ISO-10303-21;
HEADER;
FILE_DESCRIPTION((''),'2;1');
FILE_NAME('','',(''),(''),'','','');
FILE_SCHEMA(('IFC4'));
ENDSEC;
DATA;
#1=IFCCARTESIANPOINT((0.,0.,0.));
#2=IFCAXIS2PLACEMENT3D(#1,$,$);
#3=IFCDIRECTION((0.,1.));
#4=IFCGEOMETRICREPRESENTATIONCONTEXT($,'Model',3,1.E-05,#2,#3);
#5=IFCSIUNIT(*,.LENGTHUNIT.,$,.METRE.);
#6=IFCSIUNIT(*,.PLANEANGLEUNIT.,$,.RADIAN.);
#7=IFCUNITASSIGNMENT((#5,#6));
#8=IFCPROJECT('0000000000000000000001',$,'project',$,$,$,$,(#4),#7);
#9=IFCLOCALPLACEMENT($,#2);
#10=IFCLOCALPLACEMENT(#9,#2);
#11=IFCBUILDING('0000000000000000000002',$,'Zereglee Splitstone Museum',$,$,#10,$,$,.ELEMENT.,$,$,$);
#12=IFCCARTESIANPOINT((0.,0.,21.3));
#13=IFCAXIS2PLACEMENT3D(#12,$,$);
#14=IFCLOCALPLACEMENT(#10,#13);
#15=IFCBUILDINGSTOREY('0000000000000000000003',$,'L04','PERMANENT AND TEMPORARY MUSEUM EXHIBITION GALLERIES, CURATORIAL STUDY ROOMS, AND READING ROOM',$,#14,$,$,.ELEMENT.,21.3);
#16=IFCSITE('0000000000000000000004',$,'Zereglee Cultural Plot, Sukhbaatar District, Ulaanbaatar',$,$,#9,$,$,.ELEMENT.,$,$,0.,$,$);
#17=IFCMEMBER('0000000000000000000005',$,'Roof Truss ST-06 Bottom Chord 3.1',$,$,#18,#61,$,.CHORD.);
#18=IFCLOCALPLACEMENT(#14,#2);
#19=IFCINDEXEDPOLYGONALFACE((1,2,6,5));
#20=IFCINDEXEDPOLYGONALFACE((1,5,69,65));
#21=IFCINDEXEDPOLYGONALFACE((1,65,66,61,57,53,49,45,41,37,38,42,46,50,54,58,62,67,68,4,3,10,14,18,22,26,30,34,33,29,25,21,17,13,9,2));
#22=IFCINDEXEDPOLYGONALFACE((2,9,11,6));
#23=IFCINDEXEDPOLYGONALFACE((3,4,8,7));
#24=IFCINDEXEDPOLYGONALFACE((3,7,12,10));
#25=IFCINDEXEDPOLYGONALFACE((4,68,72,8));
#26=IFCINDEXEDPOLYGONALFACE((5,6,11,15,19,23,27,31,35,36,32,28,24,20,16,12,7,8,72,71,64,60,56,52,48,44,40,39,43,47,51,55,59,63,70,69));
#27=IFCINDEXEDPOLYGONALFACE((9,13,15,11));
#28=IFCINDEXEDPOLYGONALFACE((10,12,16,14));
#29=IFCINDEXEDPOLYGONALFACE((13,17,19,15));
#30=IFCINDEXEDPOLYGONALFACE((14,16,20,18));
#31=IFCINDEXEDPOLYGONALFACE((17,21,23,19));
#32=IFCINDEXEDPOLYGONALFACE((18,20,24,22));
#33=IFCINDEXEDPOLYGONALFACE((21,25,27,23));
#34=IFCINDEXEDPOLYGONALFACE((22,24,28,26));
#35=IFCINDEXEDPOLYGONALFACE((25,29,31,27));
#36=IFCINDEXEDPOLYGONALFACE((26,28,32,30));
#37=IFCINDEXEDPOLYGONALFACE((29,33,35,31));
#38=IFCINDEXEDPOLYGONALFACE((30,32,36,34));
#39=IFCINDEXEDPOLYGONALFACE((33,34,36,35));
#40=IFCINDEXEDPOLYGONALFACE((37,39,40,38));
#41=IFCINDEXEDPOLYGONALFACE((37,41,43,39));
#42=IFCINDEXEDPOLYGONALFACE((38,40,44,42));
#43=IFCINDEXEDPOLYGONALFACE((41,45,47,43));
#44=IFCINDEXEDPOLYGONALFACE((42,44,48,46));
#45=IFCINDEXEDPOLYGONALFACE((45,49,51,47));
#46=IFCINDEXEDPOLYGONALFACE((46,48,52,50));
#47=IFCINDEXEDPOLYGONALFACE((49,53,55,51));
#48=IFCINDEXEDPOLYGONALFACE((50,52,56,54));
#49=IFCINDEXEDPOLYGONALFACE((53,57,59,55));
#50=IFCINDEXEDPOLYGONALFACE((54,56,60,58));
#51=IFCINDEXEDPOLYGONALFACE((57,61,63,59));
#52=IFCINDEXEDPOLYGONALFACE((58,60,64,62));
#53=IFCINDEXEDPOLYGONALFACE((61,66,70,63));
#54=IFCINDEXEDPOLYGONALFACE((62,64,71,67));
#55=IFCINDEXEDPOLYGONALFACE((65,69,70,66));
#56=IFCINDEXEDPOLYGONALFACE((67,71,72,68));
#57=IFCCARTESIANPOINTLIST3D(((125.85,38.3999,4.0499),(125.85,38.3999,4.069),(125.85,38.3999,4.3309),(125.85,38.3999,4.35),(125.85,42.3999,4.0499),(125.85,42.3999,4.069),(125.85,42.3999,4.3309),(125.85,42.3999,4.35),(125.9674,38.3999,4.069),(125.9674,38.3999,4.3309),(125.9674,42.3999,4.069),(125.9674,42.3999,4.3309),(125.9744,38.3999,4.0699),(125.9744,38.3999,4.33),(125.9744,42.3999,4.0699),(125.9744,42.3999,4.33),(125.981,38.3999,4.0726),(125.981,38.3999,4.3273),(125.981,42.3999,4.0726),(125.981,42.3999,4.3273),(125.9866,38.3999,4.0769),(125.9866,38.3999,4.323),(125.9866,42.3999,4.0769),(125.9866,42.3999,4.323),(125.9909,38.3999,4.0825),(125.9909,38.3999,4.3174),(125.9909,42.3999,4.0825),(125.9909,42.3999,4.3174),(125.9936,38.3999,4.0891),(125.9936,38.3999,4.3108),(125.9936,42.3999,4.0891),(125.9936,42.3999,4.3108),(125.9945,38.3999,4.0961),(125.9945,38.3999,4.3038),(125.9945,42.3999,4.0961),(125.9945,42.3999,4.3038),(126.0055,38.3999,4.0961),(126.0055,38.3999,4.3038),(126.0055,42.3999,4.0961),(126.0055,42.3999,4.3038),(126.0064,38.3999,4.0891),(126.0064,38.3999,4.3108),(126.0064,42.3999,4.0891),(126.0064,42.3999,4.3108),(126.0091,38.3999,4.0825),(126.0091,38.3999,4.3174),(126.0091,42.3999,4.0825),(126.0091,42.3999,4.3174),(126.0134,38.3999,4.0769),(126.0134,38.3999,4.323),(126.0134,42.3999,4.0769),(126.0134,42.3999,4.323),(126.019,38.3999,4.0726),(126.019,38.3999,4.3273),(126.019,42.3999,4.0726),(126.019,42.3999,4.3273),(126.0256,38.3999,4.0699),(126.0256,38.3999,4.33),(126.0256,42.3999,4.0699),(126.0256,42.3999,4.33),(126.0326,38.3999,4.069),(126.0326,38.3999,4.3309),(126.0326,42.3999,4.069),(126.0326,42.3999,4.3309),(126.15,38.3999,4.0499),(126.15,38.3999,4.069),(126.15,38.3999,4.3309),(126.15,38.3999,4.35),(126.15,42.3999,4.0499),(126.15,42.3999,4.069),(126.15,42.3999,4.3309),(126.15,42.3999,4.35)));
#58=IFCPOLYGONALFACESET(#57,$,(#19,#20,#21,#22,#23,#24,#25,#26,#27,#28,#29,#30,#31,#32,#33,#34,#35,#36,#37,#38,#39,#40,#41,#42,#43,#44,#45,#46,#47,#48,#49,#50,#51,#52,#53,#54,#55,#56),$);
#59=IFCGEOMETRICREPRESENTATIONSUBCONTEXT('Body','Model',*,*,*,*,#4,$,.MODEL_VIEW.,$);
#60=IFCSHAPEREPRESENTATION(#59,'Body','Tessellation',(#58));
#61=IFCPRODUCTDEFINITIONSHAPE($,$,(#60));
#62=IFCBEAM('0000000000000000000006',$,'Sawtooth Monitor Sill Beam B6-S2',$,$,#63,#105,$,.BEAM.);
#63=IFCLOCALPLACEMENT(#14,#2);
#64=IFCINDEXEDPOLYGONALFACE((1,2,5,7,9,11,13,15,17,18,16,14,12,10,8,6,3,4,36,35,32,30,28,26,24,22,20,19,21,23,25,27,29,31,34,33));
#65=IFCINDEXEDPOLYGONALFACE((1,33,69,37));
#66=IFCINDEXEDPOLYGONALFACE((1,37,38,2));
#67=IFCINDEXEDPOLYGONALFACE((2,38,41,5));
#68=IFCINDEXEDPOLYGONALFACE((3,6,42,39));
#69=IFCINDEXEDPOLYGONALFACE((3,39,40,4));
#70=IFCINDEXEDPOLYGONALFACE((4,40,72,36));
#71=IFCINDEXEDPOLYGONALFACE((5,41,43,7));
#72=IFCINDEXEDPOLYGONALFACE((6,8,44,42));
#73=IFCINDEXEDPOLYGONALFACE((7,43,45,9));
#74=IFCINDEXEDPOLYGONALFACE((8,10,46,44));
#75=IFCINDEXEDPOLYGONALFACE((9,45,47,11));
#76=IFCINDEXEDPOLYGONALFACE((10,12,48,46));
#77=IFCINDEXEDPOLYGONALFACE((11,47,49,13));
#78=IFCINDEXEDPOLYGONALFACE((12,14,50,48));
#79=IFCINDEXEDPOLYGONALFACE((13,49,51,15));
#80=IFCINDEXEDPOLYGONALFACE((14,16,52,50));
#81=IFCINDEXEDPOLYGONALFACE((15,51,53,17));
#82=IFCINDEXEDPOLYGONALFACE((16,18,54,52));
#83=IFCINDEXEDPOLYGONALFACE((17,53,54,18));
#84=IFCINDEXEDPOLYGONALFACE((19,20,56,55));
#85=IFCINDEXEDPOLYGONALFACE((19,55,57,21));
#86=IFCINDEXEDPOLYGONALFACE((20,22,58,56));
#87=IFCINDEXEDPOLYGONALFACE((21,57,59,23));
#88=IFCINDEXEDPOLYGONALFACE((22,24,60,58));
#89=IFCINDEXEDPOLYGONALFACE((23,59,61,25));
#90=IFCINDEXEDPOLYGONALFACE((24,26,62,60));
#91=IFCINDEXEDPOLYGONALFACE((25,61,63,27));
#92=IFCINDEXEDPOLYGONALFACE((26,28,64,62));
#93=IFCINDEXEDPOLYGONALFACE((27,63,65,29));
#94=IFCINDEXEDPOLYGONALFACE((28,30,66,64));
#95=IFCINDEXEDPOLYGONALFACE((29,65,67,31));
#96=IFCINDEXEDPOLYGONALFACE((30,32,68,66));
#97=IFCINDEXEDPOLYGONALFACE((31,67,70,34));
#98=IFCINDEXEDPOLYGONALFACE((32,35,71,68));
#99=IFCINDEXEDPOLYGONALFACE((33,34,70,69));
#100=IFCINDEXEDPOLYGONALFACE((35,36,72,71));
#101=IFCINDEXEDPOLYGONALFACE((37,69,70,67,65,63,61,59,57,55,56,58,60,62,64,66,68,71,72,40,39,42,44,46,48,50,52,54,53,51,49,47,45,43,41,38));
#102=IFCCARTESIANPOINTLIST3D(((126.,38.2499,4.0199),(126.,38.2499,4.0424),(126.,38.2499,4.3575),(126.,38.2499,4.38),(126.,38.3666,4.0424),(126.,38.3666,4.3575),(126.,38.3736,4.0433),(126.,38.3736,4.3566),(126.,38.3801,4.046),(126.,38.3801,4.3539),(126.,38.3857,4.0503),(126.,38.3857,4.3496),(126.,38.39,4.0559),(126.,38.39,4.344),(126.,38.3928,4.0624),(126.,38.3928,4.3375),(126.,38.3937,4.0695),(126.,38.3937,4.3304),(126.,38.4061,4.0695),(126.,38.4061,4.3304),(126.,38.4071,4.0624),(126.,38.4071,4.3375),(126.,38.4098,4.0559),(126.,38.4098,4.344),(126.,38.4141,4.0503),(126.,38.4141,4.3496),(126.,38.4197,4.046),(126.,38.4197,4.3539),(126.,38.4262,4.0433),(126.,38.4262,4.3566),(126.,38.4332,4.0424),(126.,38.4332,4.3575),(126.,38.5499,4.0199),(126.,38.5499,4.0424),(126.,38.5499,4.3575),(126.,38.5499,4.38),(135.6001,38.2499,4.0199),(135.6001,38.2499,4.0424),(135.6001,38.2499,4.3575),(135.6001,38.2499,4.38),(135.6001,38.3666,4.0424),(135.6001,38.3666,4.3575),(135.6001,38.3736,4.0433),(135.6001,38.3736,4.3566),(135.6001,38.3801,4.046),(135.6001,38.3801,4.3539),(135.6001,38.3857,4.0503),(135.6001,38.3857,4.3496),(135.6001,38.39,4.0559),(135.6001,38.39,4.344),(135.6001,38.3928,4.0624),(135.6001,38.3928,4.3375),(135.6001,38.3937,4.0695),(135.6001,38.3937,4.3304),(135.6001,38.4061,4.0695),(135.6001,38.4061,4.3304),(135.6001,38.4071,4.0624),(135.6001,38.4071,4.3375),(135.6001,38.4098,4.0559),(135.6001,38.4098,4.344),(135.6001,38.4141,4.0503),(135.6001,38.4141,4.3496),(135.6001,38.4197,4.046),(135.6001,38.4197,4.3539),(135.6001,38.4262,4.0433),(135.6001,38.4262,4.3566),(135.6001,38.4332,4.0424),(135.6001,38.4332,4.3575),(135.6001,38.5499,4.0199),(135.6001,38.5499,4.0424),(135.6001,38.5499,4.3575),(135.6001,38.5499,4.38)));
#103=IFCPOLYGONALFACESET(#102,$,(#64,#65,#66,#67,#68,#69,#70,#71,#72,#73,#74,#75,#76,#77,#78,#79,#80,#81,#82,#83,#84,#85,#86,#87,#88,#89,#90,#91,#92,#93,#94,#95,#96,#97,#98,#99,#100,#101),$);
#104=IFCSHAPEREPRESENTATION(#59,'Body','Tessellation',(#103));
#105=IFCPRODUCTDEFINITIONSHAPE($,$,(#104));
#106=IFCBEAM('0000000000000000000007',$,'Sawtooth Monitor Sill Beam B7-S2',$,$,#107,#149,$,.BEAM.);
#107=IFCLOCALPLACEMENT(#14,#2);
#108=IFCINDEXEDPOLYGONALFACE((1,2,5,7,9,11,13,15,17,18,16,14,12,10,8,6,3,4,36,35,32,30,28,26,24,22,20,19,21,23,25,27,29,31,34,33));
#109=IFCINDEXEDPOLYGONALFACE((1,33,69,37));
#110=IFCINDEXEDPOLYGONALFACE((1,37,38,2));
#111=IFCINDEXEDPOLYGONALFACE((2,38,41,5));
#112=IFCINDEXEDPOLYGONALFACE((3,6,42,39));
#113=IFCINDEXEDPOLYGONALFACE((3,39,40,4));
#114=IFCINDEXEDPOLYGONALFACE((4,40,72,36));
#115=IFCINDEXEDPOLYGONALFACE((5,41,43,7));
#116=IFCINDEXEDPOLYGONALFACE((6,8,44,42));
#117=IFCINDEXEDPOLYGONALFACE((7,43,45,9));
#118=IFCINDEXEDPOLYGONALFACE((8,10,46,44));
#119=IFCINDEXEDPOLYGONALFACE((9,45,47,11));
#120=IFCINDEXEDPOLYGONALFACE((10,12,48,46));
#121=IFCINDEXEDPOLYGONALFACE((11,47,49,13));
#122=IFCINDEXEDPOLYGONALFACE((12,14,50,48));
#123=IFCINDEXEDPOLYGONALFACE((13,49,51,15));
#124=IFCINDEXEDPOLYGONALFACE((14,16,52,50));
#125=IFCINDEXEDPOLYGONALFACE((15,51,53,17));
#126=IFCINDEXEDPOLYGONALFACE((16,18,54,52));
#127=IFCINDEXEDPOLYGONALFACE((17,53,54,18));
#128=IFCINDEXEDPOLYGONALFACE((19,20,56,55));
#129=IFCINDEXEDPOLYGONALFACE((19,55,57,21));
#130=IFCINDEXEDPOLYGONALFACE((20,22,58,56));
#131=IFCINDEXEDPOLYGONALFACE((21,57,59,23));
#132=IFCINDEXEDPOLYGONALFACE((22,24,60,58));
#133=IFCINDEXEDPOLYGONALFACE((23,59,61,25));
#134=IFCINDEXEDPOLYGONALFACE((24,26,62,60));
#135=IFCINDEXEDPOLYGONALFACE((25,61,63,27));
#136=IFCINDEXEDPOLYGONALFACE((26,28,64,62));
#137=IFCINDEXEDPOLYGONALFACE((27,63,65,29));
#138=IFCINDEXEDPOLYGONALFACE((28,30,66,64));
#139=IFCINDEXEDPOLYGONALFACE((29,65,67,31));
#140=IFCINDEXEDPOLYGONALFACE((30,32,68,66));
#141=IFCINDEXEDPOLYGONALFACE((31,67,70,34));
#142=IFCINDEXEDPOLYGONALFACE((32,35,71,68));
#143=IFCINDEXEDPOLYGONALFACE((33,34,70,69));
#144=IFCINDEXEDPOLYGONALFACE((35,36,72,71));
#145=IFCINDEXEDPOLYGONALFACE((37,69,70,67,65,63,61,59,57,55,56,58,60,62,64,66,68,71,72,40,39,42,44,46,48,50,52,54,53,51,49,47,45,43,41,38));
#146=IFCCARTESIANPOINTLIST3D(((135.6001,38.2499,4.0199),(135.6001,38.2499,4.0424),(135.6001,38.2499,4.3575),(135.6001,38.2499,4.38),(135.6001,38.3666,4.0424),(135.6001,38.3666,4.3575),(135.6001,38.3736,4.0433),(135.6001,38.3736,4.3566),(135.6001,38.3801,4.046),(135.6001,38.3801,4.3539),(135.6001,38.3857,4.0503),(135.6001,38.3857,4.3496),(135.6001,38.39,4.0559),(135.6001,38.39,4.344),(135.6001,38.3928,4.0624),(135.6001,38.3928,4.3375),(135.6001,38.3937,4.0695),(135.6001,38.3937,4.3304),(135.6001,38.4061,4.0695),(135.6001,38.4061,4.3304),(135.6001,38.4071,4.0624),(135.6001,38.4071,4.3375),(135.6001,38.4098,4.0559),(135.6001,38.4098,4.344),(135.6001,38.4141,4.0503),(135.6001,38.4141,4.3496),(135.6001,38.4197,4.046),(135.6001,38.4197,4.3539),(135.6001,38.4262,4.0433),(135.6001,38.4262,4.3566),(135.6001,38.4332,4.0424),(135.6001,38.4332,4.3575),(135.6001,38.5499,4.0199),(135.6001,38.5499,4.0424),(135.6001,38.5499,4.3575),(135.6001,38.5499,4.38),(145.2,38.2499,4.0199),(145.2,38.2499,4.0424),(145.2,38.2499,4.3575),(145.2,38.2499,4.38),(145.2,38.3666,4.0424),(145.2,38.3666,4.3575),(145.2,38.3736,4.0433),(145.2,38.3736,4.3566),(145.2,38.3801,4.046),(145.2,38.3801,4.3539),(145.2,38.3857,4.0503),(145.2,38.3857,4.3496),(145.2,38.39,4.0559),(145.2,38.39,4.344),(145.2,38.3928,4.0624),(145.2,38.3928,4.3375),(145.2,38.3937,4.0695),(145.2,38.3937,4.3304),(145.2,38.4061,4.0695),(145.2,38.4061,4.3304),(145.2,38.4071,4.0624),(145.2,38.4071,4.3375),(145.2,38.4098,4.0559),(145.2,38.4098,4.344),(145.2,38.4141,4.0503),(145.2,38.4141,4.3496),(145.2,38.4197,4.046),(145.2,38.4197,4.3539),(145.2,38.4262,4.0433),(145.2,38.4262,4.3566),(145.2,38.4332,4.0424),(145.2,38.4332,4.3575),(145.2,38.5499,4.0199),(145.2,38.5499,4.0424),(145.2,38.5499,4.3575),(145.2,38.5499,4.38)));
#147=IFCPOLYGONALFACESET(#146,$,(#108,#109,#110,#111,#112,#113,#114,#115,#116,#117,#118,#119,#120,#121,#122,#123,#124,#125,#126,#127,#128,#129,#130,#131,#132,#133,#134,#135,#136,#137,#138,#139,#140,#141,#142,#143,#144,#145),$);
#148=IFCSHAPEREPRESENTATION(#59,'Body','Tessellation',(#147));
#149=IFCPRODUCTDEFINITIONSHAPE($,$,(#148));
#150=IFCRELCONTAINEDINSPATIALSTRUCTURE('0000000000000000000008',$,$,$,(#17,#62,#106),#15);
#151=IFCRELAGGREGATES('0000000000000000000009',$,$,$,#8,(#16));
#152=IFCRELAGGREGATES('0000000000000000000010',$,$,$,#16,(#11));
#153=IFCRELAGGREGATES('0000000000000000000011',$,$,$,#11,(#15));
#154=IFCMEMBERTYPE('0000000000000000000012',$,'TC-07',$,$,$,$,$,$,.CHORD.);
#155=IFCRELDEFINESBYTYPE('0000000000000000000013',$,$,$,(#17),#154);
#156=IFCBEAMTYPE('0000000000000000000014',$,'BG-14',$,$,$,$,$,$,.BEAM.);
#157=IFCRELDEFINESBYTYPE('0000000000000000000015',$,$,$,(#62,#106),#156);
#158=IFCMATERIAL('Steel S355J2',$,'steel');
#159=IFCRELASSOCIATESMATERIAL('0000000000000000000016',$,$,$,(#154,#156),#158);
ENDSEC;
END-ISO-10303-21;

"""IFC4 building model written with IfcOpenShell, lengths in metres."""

from ifc_helpers import new_model, si_unit, direction, frame, origin, origin_2d, place, context, subcontext, project, spatial, i_section, extrude, material, material_profile, profile_set, type_object, element, save


model = new_model("IFC4")

# Units and contexts
model_context = context("Model", 3, precision=1e-05, world=origin(), true_north=direction((0.0, 1.0)))
body_context = subcontext(model_context, "Body", "Model", "MODEL_VIEW")
ifc_project = project(units=[si_unit("LENGTHUNIT", "METRE"), si_unit("PLANEANGLEUNIT", "RADIAN")], contexts=[model_context])

# Site, building, storey
site_placement = place(None, origin())
site = spatial("IfcSite", under=ifc_project, at=site_placement, Name="Zereglee Cultural Plot, Sukhbaatar District, Ulaanbaatar", CompositionType="ELEMENT", RefElevation=0.0)
building_placement = place(site_placement, origin())
building = spatial("IfcBuilding", under=site, at=building_placement, Name="Zereglee Splitstone Museum", CompositionType="ELEMENT")
storey_placement = place(building_placement, frame((0.0, 0.0, 21.3)))
storey = spatial("IfcBuildingStorey", under=building, at=storey_placement, Name="L04", Description="PERMANENT AND TEMPORARY MUSEUM EXHIBITION GALLERIES, CURATORIAL STUDY ROOMS, AND READING ROOM", CompositionType="ELEMENT", Elevation=21.3)

# Member
ifc_material_1 = material(Name="Steel S355J2", Category="steel")
ifc_material_profile_1 = material_profile(ifc_material_1, i_section(OverallWidth=0.3, OverallDepth=0.3, WebThickness=0.011, FlangeThickness=0.019, FilletRadius=0.0271, at=origin_2d()), Name="HE 300 B")
ifc_profile_set_1 = profile_set([ifc_material_profile_1], Name="Steel S355J2")
member_type_1 = type_object("IfcMemberType", Name="TC-07", PredefinedType="CHORD", material=ifc_profile_set_1)
member_1_placement = place(storey_placement, frame((126.0, 38.3999, 4.2), z_axis=(0.0, 1.0, 0.0), x_axis=(-1.0, 0.0, 0.0)))
element("IfcMember", 1, at=member_1_placement, inside=storey, type_object=member_type_1, Name="Roof Truss ST-06 Bottom Chord 3.1", PredefinedType="CHORD", context=body_context, shape_type="SweptSolid", body=[
    extrude(i_section(OverallWidth=0.3, OverallDepth=0.3, WebThickness=0.011, FlangeThickness=0.019, FilletRadius=0.0271, at=origin_2d()), origin(), (0.0, 0.0, 1.0), 4.0),
])

# Beams
ifc_material_profile_2 = material_profile(ifc_material_1, i_section(OverallWidth=0.3, OverallDepth=0.3601, WebThickness=0.0125, FlangeThickness=0.0225, FilletRadius=0.0271, at=origin_2d()), Name="HE 360 B")
ifc_profile_set_2 = profile_set([ifc_material_profile_2], Name="Steel S355J2")
beam_type = type_object("IfcBeamType", Name="BG-14", PredefinedType="BEAM", material=ifc_profile_set_2)
beam_1_placement = place(storey_placement, frame((126.0, 38.3999, 4.2), z_axis=(1.0, 0.0, 0.0), x_axis=(0.0, 1.0, 0.0)))
element("IfcBeam", 2, at=beam_1_placement, inside=storey, type_object=beam_type, Name="Sawtooth Monitor Sill Beam B6-S2", PredefinedType="BEAM", context=body_context, shape_type="SweptSolid", body=[
    extrude(i_section(OverallWidth=0.3, OverallDepth=0.3601, WebThickness=0.0125, FlangeThickness=0.0225, FilletRadius=0.0271, at=origin_2d()), origin(), (0.0, 0.0, 1.0), 9.6001),
])
beam_2_placement = place(storey_placement, frame((135.6001, 38.3999, 4.2), z_axis=(1.0, 0.0, 0.0), x_axis=(0.0, 1.0, 0.0)))
element("IfcBeam", 3, at=beam_2_placement, inside=storey, type_object=beam_type, Name="Sawtooth Monitor Sill Beam B7-S2", PredefinedType="BEAM", context=body_context, shape_type="SweptSolid", body=[
    extrude(i_section(OverallWidth=0.3, OverallDepth=0.3601, WebThickness=0.0125, FlangeThickness=0.0225, FilletRadius=0.0271, at=origin_2d()), origin(), (0.0, 0.0, 1.0), 9.5999),
])

save(model, "model.ifc")
